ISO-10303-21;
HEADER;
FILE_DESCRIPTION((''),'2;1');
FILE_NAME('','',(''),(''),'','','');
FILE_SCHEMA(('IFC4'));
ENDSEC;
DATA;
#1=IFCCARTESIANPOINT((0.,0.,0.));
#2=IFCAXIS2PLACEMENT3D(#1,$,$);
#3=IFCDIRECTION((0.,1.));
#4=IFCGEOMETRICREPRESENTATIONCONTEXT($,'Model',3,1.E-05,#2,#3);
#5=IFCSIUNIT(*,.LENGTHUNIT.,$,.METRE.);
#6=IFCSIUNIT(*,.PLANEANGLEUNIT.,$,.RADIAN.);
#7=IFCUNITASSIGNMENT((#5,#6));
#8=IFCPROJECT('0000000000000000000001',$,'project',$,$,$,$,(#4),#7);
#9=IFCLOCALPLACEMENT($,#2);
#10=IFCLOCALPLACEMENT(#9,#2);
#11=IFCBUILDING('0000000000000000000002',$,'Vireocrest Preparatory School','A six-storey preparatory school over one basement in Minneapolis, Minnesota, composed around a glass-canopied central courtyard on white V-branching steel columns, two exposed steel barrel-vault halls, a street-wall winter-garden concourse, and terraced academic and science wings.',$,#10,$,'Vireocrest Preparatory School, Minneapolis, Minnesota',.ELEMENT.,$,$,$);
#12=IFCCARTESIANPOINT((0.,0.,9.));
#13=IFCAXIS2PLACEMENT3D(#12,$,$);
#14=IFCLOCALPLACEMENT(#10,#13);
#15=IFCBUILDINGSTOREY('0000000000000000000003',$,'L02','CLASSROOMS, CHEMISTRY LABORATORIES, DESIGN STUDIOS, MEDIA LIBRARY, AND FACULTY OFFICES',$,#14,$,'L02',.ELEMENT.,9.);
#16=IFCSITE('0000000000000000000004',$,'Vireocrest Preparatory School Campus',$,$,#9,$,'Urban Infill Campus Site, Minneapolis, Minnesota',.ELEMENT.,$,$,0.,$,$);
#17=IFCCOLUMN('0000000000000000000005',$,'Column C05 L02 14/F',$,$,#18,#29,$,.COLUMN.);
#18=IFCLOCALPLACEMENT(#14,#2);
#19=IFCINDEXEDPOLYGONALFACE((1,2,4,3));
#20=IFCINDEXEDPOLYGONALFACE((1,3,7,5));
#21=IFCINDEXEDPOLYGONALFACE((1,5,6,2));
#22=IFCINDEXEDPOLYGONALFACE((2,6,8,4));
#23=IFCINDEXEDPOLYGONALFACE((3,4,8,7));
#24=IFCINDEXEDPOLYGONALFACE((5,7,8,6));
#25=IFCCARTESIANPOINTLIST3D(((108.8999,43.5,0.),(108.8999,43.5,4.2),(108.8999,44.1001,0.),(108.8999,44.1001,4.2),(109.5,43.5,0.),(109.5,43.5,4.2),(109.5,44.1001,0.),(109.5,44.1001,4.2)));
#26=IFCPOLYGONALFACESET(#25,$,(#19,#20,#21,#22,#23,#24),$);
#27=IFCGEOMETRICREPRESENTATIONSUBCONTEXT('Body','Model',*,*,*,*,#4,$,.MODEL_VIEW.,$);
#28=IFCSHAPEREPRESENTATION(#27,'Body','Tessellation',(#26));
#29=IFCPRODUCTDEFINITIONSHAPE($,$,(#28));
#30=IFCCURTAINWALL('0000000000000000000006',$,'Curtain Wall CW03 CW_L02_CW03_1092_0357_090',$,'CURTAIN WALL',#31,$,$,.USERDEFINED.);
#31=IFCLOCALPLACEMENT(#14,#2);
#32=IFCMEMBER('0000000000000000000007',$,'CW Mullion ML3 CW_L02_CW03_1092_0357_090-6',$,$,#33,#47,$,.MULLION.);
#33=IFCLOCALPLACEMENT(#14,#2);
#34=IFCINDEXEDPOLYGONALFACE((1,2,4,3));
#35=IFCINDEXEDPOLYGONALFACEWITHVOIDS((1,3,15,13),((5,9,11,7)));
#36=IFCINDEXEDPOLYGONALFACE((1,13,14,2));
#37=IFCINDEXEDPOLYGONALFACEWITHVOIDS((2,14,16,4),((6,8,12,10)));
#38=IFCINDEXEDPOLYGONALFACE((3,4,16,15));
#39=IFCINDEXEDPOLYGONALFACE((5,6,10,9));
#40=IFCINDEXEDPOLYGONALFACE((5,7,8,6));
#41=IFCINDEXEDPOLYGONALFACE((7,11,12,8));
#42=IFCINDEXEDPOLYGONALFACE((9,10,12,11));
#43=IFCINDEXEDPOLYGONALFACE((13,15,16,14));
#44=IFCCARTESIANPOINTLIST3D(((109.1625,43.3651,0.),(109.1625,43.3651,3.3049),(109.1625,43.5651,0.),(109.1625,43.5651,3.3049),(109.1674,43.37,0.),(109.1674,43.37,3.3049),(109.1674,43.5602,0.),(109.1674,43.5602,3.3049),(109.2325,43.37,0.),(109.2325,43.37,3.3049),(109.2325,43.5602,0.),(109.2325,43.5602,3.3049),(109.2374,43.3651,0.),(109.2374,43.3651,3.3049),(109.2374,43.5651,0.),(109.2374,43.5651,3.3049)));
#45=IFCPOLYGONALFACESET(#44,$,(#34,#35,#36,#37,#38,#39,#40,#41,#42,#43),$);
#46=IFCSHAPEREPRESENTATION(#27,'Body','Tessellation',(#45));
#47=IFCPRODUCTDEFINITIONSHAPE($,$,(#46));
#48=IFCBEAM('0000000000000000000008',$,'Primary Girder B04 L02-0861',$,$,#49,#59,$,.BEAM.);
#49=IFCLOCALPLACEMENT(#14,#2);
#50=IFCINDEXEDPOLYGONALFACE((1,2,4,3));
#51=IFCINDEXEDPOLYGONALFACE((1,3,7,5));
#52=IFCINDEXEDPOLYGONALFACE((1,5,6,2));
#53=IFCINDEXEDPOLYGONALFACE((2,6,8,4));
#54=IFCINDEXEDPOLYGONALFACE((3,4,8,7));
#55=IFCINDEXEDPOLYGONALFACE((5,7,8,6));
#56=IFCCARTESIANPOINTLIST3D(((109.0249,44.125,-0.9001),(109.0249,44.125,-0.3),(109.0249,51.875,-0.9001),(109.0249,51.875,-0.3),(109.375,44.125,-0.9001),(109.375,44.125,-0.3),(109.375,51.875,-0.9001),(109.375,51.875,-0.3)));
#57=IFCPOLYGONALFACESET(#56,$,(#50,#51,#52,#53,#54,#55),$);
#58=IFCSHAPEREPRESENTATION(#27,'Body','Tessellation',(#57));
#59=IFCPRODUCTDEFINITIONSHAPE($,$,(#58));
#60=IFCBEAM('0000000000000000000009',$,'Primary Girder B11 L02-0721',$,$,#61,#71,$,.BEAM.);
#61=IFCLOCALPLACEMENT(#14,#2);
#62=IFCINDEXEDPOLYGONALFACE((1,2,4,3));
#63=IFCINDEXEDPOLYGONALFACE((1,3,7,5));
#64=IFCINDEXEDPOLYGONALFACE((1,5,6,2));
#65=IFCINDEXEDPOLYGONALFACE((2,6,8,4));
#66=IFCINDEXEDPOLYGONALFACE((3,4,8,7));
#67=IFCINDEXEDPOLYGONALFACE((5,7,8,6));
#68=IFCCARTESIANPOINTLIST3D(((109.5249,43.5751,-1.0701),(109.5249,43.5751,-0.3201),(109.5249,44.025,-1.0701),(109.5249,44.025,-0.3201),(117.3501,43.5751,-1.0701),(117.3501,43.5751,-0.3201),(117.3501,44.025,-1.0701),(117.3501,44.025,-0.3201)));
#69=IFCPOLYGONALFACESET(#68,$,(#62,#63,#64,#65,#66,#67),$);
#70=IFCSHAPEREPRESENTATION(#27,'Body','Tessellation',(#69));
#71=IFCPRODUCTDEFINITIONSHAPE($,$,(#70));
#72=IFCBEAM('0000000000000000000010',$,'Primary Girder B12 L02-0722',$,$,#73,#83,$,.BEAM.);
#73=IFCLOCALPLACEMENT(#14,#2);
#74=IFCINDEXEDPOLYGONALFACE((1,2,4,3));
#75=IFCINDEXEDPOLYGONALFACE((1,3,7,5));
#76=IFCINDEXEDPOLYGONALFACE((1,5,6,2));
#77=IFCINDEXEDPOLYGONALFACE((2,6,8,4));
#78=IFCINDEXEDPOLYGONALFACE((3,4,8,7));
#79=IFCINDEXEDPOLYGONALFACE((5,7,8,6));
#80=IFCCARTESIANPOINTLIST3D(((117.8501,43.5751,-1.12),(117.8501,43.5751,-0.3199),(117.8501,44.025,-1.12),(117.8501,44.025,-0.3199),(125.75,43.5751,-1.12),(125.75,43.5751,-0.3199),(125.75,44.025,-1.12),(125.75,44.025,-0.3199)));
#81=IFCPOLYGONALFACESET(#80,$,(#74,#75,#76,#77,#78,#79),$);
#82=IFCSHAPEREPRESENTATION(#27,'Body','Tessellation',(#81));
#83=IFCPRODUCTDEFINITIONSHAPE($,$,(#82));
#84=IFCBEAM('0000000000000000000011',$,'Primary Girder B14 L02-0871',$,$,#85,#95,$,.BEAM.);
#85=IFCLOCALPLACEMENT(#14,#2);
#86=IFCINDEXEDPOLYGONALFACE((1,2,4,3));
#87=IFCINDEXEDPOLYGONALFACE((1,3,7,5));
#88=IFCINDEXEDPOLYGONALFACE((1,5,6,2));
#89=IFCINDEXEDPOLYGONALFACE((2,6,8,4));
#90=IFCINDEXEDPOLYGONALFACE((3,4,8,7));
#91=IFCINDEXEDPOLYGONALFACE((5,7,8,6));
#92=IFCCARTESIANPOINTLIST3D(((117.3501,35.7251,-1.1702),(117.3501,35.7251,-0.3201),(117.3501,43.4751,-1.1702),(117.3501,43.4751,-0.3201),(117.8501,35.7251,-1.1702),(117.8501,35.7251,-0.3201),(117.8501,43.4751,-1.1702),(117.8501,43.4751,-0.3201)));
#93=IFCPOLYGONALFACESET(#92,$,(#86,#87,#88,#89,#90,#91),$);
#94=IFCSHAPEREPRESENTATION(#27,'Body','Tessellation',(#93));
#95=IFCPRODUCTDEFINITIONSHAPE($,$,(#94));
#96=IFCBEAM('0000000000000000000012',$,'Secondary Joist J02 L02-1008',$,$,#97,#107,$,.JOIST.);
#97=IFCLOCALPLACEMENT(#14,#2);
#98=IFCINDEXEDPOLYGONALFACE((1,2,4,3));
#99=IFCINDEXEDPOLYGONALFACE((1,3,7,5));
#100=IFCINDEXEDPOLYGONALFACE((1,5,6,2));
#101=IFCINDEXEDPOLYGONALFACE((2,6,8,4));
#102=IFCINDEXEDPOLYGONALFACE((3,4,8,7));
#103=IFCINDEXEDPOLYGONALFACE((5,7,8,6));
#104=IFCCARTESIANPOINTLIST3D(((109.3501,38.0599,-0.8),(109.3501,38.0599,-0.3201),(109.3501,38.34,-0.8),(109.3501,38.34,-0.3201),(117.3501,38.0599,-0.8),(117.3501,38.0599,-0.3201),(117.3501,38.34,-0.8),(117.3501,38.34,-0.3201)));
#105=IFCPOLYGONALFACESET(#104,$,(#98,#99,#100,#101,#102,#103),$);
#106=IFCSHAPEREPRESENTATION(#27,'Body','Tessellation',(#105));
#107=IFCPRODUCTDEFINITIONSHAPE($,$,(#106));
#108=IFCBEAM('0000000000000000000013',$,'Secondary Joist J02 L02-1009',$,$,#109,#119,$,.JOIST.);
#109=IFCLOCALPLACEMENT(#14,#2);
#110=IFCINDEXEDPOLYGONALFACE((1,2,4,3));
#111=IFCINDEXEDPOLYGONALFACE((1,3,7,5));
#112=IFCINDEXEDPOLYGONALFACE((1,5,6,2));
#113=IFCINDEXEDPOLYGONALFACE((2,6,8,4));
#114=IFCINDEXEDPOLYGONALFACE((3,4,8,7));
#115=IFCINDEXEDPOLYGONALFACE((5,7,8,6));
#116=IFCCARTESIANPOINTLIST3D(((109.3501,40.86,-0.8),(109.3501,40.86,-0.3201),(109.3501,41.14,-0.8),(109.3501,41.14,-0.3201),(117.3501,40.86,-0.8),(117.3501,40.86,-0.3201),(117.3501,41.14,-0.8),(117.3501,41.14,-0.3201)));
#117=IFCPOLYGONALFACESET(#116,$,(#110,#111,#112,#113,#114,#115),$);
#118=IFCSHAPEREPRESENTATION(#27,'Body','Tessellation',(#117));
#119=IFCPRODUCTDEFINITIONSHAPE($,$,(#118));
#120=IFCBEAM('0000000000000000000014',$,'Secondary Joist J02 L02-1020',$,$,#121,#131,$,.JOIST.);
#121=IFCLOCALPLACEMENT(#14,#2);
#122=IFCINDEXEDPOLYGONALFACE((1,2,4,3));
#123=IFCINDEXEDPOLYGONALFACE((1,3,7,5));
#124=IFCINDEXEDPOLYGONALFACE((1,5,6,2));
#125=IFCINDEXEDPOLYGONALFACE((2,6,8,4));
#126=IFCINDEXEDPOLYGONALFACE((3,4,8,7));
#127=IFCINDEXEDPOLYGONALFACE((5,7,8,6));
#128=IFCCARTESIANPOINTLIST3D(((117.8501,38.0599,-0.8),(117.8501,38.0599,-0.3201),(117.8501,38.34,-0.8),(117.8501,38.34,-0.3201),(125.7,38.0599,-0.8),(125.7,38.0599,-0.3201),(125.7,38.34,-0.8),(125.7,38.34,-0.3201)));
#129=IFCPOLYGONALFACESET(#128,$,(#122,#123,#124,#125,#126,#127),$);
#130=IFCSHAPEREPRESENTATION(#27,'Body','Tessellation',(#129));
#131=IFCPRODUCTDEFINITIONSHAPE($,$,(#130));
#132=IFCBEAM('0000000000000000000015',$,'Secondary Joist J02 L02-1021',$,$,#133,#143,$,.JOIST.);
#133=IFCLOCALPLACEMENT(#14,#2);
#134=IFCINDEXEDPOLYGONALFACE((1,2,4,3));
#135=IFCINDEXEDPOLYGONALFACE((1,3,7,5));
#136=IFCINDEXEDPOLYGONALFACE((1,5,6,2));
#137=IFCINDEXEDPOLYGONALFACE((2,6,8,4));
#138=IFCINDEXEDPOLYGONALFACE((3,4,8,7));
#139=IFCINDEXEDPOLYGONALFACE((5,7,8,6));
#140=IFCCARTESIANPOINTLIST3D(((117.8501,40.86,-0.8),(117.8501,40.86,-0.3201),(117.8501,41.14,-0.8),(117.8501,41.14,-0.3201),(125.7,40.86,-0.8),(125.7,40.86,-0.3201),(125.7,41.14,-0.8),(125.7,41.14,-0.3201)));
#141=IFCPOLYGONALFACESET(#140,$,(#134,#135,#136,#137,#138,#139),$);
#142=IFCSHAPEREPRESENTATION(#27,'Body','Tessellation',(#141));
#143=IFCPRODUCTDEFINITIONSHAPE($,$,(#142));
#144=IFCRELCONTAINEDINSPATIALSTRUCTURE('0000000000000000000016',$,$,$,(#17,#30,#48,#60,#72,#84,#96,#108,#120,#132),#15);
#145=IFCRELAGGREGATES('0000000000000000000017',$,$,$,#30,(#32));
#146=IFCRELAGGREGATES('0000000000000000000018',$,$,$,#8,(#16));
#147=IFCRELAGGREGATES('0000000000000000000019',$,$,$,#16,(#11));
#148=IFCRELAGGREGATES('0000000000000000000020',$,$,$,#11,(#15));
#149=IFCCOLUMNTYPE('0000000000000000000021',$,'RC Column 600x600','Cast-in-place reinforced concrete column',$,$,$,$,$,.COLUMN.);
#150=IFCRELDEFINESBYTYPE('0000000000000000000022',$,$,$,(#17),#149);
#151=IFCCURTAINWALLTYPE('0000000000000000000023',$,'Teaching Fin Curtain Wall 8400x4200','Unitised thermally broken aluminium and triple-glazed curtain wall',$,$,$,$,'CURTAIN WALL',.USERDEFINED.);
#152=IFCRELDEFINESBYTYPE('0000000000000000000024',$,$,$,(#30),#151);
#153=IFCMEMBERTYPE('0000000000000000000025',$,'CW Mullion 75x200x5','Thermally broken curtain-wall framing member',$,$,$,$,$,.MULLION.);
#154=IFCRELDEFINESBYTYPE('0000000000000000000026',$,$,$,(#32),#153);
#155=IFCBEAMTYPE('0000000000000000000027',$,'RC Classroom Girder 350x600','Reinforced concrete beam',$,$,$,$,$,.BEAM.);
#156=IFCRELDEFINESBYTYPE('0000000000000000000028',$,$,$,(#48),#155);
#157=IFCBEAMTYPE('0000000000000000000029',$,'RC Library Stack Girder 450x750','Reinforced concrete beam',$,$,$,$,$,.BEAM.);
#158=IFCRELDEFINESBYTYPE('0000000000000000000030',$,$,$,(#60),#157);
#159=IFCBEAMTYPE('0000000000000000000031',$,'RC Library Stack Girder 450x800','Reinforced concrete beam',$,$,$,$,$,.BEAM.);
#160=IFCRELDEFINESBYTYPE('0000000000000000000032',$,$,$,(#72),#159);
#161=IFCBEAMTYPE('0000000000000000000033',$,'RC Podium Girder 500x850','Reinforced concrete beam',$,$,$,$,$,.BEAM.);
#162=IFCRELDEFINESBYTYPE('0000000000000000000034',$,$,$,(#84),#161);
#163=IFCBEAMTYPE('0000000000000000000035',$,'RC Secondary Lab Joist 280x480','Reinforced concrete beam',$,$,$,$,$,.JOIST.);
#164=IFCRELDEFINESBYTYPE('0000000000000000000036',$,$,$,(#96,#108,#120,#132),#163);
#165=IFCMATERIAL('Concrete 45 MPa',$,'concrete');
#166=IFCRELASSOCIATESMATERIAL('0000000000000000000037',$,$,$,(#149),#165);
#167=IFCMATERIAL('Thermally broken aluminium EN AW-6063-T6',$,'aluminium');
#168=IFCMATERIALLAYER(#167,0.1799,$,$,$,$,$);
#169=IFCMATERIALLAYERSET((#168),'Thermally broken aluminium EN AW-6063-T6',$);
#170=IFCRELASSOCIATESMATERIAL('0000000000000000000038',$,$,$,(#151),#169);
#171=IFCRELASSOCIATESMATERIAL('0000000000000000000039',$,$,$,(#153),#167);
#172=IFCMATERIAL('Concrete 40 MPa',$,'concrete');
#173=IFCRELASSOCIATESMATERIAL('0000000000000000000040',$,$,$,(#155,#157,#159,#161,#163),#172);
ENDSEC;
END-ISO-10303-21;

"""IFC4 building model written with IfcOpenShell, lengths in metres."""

from ifc_helpers import new_model, si_unit, direction, frame, origin, origin_2d, place, context, subcontext, project, spatial, rectangle, hollow_rectangle, extrude, material, layer, layer_set, material_profile, profile_set, type_object, element, aggregate, save


model = new_model("IFC4")

# Units and contexts
model_context = context("Model", 3, precision=1e-05, world=origin(), true_north=direction((0.0, 1.0)))
body_context = subcontext(model_context, "Body", "Model", "MODEL_VIEW")
ifc_project = project(units=[si_unit("LENGTHUNIT", "METRE"), si_unit("PLANEANGLEUNIT", "RADIAN")], contexts=[model_context])

# Site, building, storey
site_placement = place(None, origin())
site = spatial("IfcSite", under=ifc_project, at=site_placement, Name="Vireocrest Preparatory School Campus", LongName="Urban Infill Campus Site, Minneapolis, Minnesota", CompositionType="ELEMENT", RefElevation=0.0)
building_placement = place(site_placement, origin())
building = spatial("IfcBuilding", under=site, at=building_placement, Name="Vireocrest Preparatory School", Description="A six-storey preparatory school over one basement in Minneapolis, Minnesota, composed around a glass-canopied central courtyard on white V-branching steel columns, two exposed steel barrel-vault halls, a street-wall winter-garden concourse, and terraced academic and science wings.", LongName="Vireocrest Preparatory School, Minneapolis, Minnesota", CompositionType="ELEMENT")
storey_placement = place(building_placement, frame((0.0, 0.0, 9.0)))
storey = spatial("IfcBuildingStorey", under=building, at=storey_placement, Name="L02", Description="CLASSROOMS, CHEMISTRY LABORATORIES, DESIGN STUDIOS, MEDIA LIBRARY, AND FACULTY OFFICES", LongName="L02", CompositionType="ELEMENT", Elevation=9.0)

# Column
ifc_material_1 = material(Name="Concrete 45 MPa", Category="concrete")
ifc_material_profile_1 = material_profile(ifc_material_1, rectangle(XDim=0.6001, YDim=0.6001, at=origin_2d()), Name="RC 600x600")
ifc_profile_set_1 = profile_set([ifc_material_profile_1], Name="Concrete 45 MPa")
column_type = type_object("IfcColumnType", Name="RC Column 600x600", Description="Cast-in-place reinforced concrete column", PredefinedType="COLUMN", material=ifc_profile_set_1)
column_placement = place(storey_placement, frame((109.2, 43.8, 0.0), z_axis=(0.0, 0.0, 1.0), x_axis=(1.0, 0.0, 0.0)))
element("IfcColumn", 1, at=column_placement, inside=storey, type_object=column_type, Name="Column C05 L02 14/F", PredefinedType="COLUMN", context=body_context, shape_type="SweptSolid", body=[
    extrude(rectangle(XDim=0.6001, YDim=0.6001, at=origin_2d()), origin(), (0.0, 0.0, 1.0), 4.2),
])

# Curtain wall, member
ifc_material_2 = material(Name="Thermally broken aluminium EN AW-6063-T6", Category="aluminium")
ifc_layer_1 = layer(ifc_material_2, 0.1799)
ifc_layer_set_1 = layer_set([ifc_layer_1], Name="Thermally broken aluminium EN AW-6063-T6")
curtain_wall_type = type_object("IfcCurtainWallType", Name="Teaching Fin Curtain Wall 8400x4200", Description="Unitised thermally broken aluminium and triple-glazed curtain wall", ElementType="CURTAIN WALL", PredefinedType="USERDEFINED", material=ifc_layer_set_1)
curtain_wall_placement = place(storey_placement, origin())
curtain_wall = element("IfcCurtainWall", 2, at=curtain_wall_placement, inside=storey, type_object=curtain_wall_type, Name="Curtain Wall CW03 CW_L02_CW03_1092_0357_090", ObjectType="CURTAIN WALL", PredefinedType="USERDEFINED")
ifc_material_profile_2 = material_profile(ifc_material_2, hollow_rectangle(XDim=0.075, YDim=0.2, WallThickness=0.0049, at=origin_2d()), Name="ALU 75x200x5")
ifc_profile_set_2 = profile_set([ifc_material_profile_2], Name="Thermally broken aluminium EN AW-6063-T6")
member_type = type_object("IfcMemberType", Name="CW Mullion 75x200x5", Description="Thermally broken curtain-wall framing member", PredefinedType="MULLION", material=ifc_profile_set_2)
member_placement = place(storey_placement, frame((109.2, 43.4651, 0.0), z_axis=(0.0, 0.0, 1.0), x_axis=(1.0, 0.0, 0.0)))
member = element("IfcMember", 3, at=member_placement, type_object=member_type, Name="CW Mullion ML3 CW_L02_CW03_1092_0357_090-6", PredefinedType="MULLION", context=body_context, shape_type="SweptSolid", body=[
    extrude(hollow_rectangle(XDim=0.075, YDim=0.2, WallThickness=0.0049, at=origin_2d()), origin(), (0.0, 0.0, 1.0), 3.3049),
])
aggregate(curtain_wall, [member])

# Beams
ifc_material_3 = material(Name="Concrete 40 MPa", Category="concrete")
ifc_material_profile_3 = material_profile(ifc_material_3, rectangle(XDim=0.3501, YDim=0.6001, at=origin_2d()), Name="RC 350x600")
ifc_profile_set_3 = profile_set([ifc_material_profile_3], Name="Concrete 40 MPa")
beam_type_1 = type_object("IfcBeamType", Name="RC Classroom Girder 350x600", Description="Reinforced concrete beam", PredefinedType="BEAM", material=ifc_profile_set_3)
beam_1_placement = place(storey_placement, frame((109.2, 44.125, -0.6001), z_axis=(0.0, 1.0, 0.0), x_axis=(-1.0, 0.0, 0.0)))
element("IfcBeam", 4, at=beam_1_placement, inside=storey, type_object=beam_type_1, Name="Primary Girder B04 L02-0861", PredefinedType="BEAM", context=body_context, shape_type="SweptSolid", body=[
    extrude(rectangle(XDim=0.3501, YDim=0.6001, at=origin_2d()), origin(), (0.0, 0.0, 1.0), 7.75),
])
ifc_material_profile_4 = material_profile(ifc_material_3, rectangle(XDim=0.45, YDim=0.75, at=origin_2d()), Name="RC 450x750")
ifc_profile_set_4 = profile_set([ifc_material_profile_4], Name="Concrete 40 MPa")
beam_type_2 = type_object("IfcBeamType", Name="RC Library Stack Girder 450x750", Description="Reinforced concrete beam", PredefinedType="BEAM", material=ifc_profile_set_4)
beam_2_placement = place(storey_placement, frame((109.5249, 43.8, -0.6951), z_axis=(1.0, 0.0, 0.0), x_axis=(0.0, 1.0, 0.0)))
element("IfcBeam", 5, at=beam_2_placement, inside=storey, type_object=beam_type_2, Name="Primary Girder B11 L02-0721", PredefinedType="BEAM", context=body_context, shape_type="SweptSolid", body=[
    extrude(rectangle(XDim=0.45, YDim=0.75, at=origin_2d()), origin(), (0.0, 0.0, 1.0), 7.8252),
])
ifc_material_profile_5 = material_profile(ifc_material_3, rectangle(XDim=0.45, YDim=0.8, at=origin_2d()), Name="RC 450x800")
ifc_profile_set_5 = profile_set([ifc_material_profile_5], Name="Concrete 40 MPa")
beam_type_3 = type_object("IfcBeamType", Name="RC Library Stack Girder 450x800", Description="Reinforced concrete beam", PredefinedType="BEAM", material=ifc_profile_set_5)
beam_3_placement = place(storey_placement, frame((117.8501, 43.8, -0.72), z_axis=(1.0, 0.0, 0.0), x_axis=(0.0, 1.0, 0.0)))
element("IfcBeam", 6, at=beam_3_placement, inside=storey, type_object=beam_type_3, Name="Primary Girder B12 L02-0722", PredefinedType="BEAM", context=body_context, shape_type="SweptSolid", body=[
    extrude(rectangle(XDim=0.45, YDim=0.8, at=origin_2d()), origin(), (0.0, 0.0, 1.0), 7.8999),
])
ifc_material_profile_6 = material_profile(ifc_material_3, rectangle(XDim=0.5, YDim=0.8501, at=origin_2d()), Name="RC 500x850")
ifc_profile_set_6 = profile_set([ifc_material_profile_6], Name="Concrete 40 MPa")
beam_type_4 = type_object("IfcBeamType", Name="RC Podium Girder 500x850", Description="Reinforced concrete beam", PredefinedType="BEAM", material=ifc_profile_set_6)
beam_4_placement = place(storey_placement, frame((117.6001, 35.7251, -0.7451), z_axis=(0.0, 1.0, 0.0), x_axis=(-1.0, 0.0, 0.0)))
element("IfcBeam", 7, at=beam_4_placement, inside=storey, type_object=beam_type_4, Name="Primary Girder B14 L02-0871", PredefinedType="BEAM", context=body_context, shape_type="SweptSolid", body=[
    extrude(rectangle(XDim=0.5, YDim=0.8501, at=origin_2d()), origin(), (0.0, 0.0, 1.0), 7.75),
])
ifc_material_profile_7 = material_profile(ifc_material_3, rectangle(XDim=0.28, YDim=0.48, at=origin_2d()), Name="RC 280x480")
ifc_profile_set_7 = profile_set([ifc_material_profile_7], Name="Concrete 40 MPa")
beam_type_5 = type_object("IfcBeamType", Name="RC Secondary Lab Joist 280x480", Description="Reinforced concrete beam", PredefinedType="JOIST", material=ifc_profile_set_7)
for number, where, z_axis, x_axis, name in (
    (8, (109.3501, 38.2, -0.5601), (1.0, 0.0, 0.0), (0.0, 1.0, 0.0), "Secondary Joist J02 L02-1008"),
    (9, (109.3501, 41.0, -0.5601), (1.0, 0.0, 0.0), (0.0, 1.0, 0.0), "Secondary Joist J02 L02-1009"),
):
    element("IfcBeam", number, at=place(storey_placement, frame(where, z_axis=z_axis, x_axis=x_axis)), inside=storey, type_object=beam_type_5, Name=name, PredefinedType="JOIST", context=body_context, shape_type="SweptSolid", body=[
        extrude(rectangle(XDim=0.28, YDim=0.48, at=origin_2d()), origin(), (0.0, 0.0, 1.0), 8.0),
    ])
for number, where, z_axis, x_axis, name in (
    (10, (117.8501, 38.2, -0.5601), (1.0, 0.0, 0.0), (0.0, 1.0, 0.0), "Secondary Joist J02 L02-1020"),
    (11, (117.8501, 41.0, -0.5601), (1.0, 0.0, 0.0), (0.0, 1.0, 0.0), "Secondary Joist J02 L02-1021"),
):
    element("IfcBeam", number, at=place(storey_placement, frame(where, z_axis=z_axis, x_axis=x_axis)), inside=storey, type_object=beam_type_5, Name=name, PredefinedType="JOIST", context=body_context, shape_type="SweptSolid", body=[
        extrude(rectangle(XDim=0.28, YDim=0.48, at=origin_2d()), origin(), (0.0, 0.0, 1.0), 7.8499),
    ])

save(model, "model.ifc")
